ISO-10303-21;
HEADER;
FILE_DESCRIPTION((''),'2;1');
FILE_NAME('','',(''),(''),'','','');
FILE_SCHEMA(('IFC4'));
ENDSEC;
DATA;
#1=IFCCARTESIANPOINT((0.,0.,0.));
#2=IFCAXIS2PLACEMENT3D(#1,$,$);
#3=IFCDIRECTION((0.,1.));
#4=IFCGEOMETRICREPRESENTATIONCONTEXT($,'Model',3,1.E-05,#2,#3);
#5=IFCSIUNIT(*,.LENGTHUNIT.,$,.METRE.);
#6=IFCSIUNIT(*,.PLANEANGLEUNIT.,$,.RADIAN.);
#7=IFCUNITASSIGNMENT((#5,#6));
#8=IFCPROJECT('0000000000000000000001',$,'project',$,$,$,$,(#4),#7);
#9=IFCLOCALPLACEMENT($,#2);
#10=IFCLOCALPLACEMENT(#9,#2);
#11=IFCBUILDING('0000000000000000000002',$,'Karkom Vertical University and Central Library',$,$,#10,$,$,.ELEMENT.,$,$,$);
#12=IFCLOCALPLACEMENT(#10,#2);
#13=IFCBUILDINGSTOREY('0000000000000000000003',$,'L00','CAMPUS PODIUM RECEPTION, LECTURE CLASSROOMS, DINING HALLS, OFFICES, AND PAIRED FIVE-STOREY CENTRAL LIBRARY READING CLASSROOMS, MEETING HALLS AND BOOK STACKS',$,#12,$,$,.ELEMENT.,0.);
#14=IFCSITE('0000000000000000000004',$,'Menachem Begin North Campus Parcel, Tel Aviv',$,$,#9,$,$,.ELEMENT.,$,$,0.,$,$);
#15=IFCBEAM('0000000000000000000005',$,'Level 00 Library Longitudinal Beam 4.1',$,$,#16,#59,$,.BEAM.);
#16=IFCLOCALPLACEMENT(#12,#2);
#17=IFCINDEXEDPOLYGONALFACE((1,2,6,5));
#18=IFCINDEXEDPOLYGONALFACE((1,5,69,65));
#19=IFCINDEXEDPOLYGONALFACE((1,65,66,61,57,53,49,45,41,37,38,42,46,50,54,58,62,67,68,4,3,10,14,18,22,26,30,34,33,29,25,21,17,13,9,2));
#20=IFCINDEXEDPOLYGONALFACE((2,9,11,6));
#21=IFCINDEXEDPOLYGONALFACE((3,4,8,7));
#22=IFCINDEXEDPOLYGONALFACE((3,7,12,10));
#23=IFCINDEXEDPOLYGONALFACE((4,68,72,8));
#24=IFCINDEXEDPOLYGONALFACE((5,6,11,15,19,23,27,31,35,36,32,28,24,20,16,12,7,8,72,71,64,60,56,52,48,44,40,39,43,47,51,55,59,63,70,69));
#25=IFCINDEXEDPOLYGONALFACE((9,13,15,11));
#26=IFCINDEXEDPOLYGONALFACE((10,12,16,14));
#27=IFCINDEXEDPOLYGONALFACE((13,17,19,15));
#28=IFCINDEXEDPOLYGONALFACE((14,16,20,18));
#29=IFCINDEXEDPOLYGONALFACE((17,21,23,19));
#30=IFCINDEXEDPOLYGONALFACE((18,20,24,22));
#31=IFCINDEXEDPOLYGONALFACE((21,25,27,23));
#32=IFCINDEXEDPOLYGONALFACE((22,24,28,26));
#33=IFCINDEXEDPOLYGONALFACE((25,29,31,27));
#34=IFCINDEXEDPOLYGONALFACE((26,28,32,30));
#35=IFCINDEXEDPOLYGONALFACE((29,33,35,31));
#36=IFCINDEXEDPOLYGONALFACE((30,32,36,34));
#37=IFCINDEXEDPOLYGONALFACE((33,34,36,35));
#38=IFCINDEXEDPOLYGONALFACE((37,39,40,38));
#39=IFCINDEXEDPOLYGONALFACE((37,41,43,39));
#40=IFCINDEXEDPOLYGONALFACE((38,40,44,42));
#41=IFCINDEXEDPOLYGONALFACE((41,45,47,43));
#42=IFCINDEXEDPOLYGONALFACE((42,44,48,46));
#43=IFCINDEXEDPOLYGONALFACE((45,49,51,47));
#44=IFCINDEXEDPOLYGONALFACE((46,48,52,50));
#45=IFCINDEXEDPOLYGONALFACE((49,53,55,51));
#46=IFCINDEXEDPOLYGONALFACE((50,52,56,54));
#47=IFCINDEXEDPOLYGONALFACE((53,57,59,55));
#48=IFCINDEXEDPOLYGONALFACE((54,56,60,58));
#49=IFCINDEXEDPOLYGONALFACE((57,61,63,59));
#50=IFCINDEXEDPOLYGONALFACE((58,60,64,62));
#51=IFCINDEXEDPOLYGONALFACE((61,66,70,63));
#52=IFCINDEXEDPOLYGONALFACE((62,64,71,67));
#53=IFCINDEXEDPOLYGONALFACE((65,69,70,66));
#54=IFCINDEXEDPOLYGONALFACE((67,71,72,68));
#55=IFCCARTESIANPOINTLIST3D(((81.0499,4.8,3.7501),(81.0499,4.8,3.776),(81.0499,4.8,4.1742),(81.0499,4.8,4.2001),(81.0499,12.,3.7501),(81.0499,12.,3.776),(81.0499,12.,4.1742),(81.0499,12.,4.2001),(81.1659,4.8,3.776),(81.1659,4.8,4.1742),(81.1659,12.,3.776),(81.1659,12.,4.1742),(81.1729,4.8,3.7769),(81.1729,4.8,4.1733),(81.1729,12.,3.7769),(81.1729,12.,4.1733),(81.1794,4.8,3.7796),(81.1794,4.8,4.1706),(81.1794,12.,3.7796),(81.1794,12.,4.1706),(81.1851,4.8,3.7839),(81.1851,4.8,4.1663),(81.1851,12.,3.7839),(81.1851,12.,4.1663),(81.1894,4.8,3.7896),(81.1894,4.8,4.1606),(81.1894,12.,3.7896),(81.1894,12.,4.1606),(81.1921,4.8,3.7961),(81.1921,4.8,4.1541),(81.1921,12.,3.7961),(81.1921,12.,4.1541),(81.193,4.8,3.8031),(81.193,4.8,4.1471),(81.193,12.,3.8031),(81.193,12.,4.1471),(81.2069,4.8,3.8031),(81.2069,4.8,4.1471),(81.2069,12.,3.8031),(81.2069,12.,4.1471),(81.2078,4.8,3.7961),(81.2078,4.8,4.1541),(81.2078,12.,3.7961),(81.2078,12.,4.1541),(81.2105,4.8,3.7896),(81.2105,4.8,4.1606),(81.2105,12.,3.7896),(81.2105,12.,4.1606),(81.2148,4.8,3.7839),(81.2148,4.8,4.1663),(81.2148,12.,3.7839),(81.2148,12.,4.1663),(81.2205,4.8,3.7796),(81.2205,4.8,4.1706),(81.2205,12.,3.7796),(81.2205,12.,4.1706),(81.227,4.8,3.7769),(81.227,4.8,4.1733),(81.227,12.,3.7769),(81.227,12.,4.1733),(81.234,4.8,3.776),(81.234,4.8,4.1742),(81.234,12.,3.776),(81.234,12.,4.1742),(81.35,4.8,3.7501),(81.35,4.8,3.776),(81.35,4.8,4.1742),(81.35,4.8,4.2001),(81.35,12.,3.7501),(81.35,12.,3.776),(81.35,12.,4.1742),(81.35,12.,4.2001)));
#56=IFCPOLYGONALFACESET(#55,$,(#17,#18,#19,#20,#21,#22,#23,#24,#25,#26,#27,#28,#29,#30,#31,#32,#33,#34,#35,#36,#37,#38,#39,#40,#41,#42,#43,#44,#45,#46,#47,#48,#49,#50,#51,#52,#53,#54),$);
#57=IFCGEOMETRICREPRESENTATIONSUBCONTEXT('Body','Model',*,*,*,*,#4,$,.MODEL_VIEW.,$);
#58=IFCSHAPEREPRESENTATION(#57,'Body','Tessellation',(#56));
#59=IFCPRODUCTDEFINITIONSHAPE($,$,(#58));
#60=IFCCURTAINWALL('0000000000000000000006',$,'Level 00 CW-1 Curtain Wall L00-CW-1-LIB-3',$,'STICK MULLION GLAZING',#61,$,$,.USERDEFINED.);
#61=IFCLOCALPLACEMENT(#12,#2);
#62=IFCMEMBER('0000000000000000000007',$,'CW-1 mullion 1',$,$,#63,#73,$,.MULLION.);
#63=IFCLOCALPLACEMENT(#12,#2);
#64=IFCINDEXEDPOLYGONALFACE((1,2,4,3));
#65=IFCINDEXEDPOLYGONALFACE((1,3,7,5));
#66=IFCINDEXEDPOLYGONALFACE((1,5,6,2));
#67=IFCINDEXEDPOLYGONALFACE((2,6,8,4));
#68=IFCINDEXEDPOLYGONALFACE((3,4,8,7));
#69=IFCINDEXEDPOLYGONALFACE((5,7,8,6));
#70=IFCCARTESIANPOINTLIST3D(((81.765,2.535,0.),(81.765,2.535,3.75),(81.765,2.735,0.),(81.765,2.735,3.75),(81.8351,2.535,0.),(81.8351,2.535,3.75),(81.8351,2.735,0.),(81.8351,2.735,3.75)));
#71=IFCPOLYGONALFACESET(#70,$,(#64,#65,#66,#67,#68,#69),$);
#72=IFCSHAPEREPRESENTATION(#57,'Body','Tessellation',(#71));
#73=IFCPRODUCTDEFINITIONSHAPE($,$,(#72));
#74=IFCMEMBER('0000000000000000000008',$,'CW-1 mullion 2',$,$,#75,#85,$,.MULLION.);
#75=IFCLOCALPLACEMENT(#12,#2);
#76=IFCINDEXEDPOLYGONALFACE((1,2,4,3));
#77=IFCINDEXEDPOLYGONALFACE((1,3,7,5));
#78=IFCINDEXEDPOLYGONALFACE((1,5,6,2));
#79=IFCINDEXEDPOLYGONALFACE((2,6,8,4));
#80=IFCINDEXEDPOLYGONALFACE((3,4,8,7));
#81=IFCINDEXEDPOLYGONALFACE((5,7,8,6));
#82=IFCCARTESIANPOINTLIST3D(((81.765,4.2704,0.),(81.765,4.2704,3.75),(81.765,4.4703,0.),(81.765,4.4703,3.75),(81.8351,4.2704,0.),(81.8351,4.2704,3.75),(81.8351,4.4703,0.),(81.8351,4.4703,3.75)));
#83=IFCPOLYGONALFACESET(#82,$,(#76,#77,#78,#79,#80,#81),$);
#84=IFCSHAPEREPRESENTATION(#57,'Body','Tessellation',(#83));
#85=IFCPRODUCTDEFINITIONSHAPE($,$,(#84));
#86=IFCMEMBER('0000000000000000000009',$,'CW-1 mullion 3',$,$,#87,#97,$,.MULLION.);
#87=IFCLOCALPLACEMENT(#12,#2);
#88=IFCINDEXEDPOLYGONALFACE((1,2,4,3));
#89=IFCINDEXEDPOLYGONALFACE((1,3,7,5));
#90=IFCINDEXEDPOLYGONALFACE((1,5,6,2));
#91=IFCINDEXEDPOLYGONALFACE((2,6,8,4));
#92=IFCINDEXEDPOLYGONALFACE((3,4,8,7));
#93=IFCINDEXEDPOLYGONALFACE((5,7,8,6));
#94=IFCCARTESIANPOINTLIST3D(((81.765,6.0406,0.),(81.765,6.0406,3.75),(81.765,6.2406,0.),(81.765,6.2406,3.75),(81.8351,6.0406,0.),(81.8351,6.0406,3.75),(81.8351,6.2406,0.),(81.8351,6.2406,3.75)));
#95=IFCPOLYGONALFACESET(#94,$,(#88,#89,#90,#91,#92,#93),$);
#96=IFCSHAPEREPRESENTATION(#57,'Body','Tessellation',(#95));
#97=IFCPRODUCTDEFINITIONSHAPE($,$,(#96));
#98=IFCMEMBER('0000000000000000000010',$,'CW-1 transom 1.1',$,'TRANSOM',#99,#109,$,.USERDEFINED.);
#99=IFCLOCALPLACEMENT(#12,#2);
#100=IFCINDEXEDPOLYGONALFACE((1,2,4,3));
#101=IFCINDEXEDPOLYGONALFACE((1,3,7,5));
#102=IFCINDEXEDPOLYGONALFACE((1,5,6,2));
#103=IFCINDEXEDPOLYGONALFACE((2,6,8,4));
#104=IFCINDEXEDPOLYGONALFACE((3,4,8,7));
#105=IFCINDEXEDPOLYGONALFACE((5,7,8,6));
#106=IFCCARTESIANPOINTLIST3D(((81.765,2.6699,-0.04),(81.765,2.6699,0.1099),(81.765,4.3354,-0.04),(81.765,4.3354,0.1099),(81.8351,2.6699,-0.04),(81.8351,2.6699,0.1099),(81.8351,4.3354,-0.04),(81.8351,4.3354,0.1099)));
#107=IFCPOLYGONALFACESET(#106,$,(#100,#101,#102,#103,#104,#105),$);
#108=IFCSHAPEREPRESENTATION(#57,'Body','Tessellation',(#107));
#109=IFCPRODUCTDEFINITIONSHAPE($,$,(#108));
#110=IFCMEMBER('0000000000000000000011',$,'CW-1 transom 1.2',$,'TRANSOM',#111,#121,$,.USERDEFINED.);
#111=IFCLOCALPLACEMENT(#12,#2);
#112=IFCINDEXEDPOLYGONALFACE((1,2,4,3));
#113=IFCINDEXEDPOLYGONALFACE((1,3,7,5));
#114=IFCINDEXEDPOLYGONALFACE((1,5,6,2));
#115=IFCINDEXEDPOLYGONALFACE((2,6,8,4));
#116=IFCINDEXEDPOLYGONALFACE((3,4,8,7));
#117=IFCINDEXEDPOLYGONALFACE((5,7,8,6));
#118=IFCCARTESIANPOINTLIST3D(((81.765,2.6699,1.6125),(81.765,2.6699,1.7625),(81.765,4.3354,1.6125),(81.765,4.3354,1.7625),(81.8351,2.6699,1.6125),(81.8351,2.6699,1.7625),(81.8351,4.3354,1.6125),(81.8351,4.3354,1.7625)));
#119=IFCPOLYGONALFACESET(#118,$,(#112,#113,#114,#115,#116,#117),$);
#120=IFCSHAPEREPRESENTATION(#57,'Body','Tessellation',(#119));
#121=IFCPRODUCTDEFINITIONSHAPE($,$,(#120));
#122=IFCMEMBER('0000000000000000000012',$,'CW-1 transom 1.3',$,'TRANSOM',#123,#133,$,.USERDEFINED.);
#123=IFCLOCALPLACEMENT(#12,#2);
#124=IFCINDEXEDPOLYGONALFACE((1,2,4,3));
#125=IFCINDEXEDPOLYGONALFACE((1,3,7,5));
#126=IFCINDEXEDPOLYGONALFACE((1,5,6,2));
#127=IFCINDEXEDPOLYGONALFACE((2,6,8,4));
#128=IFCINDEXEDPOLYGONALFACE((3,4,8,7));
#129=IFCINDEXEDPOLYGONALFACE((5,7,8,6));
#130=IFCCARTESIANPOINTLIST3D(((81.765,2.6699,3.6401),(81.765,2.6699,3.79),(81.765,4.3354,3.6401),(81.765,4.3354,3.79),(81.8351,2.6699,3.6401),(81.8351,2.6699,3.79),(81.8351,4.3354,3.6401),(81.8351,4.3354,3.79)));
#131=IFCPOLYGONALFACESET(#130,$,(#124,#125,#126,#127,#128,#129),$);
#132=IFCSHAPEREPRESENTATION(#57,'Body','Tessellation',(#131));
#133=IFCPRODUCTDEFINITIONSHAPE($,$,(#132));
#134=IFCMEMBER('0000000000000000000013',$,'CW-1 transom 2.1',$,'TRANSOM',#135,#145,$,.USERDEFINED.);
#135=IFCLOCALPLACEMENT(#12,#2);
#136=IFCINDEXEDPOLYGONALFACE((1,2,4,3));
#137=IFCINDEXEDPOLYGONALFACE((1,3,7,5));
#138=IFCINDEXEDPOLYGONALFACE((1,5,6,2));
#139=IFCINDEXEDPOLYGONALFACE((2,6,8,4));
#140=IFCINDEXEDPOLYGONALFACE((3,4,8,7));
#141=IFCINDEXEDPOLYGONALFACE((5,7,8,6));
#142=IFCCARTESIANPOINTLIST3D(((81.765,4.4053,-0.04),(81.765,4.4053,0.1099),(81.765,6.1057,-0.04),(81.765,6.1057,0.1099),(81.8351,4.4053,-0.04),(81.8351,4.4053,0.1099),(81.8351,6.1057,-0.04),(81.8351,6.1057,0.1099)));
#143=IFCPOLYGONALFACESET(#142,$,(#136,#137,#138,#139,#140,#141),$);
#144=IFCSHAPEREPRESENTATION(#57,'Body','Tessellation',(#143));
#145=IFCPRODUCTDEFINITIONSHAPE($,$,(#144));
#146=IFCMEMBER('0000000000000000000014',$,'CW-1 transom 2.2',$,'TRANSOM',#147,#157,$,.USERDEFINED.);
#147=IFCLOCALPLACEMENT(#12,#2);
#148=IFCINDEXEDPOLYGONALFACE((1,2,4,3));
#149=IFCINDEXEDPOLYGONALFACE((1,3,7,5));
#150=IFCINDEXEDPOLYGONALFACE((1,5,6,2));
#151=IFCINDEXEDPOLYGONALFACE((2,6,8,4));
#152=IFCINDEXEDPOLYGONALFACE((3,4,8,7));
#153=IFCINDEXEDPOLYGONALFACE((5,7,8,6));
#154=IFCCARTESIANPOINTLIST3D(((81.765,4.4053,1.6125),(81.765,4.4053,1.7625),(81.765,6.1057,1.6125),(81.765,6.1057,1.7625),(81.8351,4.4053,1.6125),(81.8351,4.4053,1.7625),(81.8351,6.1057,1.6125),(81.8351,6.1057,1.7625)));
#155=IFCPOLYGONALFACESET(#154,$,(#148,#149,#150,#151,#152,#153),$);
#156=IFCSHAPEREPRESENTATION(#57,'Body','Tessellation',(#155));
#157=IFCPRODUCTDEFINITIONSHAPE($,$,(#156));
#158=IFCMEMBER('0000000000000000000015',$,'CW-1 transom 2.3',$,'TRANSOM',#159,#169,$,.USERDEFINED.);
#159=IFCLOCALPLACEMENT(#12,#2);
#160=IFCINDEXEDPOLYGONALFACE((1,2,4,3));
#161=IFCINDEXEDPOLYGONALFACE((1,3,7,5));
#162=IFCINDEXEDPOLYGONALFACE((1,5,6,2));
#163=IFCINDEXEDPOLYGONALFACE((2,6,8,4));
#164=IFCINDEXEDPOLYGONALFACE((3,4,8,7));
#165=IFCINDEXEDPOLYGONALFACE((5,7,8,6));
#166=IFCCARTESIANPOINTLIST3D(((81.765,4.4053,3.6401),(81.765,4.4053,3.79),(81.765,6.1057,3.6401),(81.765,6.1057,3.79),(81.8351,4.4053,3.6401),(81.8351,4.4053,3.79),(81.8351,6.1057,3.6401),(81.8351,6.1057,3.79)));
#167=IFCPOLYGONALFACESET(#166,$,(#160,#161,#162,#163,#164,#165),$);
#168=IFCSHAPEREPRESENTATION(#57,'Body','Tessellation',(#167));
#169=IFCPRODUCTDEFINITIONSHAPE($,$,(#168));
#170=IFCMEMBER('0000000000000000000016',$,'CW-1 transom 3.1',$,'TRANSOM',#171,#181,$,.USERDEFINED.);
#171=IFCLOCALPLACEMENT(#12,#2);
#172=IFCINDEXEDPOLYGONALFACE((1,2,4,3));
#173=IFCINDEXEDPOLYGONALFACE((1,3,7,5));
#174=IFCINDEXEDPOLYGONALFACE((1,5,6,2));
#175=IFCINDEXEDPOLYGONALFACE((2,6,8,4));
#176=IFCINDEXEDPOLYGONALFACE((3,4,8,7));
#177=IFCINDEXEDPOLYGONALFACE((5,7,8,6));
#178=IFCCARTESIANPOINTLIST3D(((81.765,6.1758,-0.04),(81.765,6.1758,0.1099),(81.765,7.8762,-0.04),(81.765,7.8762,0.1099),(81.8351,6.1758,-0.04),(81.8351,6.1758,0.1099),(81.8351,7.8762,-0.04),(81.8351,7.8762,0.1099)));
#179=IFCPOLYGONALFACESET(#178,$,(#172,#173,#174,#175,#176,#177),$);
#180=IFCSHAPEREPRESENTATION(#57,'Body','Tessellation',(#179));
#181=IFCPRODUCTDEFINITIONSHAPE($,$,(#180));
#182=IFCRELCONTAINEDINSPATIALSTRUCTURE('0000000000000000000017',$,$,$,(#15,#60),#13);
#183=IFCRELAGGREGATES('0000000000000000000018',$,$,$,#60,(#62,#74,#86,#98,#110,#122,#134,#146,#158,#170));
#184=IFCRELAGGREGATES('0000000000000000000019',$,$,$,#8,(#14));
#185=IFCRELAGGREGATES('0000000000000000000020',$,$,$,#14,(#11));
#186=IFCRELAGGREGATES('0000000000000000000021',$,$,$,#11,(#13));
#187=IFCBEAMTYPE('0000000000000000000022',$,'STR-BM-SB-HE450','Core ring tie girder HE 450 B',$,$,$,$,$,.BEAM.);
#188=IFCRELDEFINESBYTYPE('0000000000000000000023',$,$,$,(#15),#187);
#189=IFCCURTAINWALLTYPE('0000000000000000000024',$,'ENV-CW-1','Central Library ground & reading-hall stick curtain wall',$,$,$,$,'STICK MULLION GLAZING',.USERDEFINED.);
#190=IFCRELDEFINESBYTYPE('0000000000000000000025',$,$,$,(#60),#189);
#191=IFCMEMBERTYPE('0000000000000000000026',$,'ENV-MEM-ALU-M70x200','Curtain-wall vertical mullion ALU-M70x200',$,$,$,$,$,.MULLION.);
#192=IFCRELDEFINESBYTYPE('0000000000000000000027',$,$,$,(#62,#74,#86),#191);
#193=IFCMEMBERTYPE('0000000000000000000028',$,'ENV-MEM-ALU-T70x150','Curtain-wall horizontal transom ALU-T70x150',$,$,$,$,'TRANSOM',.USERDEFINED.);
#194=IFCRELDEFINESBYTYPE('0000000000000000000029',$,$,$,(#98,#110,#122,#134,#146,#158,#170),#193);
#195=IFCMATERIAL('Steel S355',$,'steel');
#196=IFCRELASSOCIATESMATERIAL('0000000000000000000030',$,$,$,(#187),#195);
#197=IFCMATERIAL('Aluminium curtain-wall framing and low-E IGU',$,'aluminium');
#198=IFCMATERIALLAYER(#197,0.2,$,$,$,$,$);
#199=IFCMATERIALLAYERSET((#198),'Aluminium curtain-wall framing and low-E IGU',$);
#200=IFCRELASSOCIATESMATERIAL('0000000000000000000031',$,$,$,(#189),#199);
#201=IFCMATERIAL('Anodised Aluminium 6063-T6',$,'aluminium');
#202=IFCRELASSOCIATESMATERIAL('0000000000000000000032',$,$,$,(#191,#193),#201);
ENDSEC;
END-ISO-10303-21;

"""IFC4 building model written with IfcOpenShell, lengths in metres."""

from ifc_helpers import new_model, si_unit, direction, frame, origin, origin_with_axes, origin_2d, place, context, subcontext, project, spatial, rectangle, i_section, extrude, source, transform, mapped, material, layer, layer_set, material_profile, profile_set, type_object, element, aggregate, save


model = new_model("IFC4")

# Units and contexts
model_context = context("Model", 3, precision=1e-05, world=origin(), true_north=direction((0.0, 1.0)))
body_context = subcontext(model_context, "Body", "Model", "MODEL_VIEW")
ifc_project = project(units=[si_unit("LENGTHUNIT", "METRE"), si_unit("PLANEANGLEUNIT", "RADIAN")], contexts=[model_context])

# Site, building, storey
site_placement = place(None, origin())
site = spatial("IfcSite", under=ifc_project, at=site_placement, Name="Menachem Begin North Campus Parcel, Tel Aviv", CompositionType="ELEMENT", RefElevation=0.0)
building_placement = place(site_placement, origin())
building = spatial("IfcBuilding", under=site, at=building_placement, Name="Karkom Vertical University and Central Library", CompositionType="ELEMENT")
storey_placement = place(building_placement, origin())
storey = spatial("IfcBuildingStorey", under=building, at=storey_placement, Name="L00", Description="CAMPUS PODIUM RECEPTION, LECTURE CLASSROOMS, DINING HALLS, OFFICES, AND PAIRED FIVE-STOREY CENTRAL LIBRARY READING CLASSROOMS, MEETING HALLS AND BOOK STACKS", CompositionType="ELEMENT", Elevation=0.0)

# Beam
ifc_material_1 = material(Name="Steel S355", Category="steel")
ifc_material_profile_1 = material_profile(ifc_material_1, i_section(OverallWidth=0.3, OverallDepth=0.45, WebThickness=0.0139, FlangeThickness=0.0259, FilletRadius=0.0271, at=origin_2d()), Name="HE 450 B")
ifc_profile_set_1 = profile_set([ifc_material_profile_1], Name="Steel S355")
beam_type_1 = type_object("IfcBeamType", Name="STR-BM-SB-HE450", Description="Core ring tie girder HE 450 B", PredefinedType="BEAM", material=ifc_profile_set_1)
shared_shape_1 = source(origin_with_axes(), body_context, "Body", "SweptSolid", [
    extrude(i_section(OverallWidth=0.3, OverallDepth=0.45, WebThickness=0.0139, FlangeThickness=0.0259, FilletRadius=0.0271, at=origin_2d()), origin(), (0.0, 0.0, 1.0), 7.2),
])
beam_1_placement = place(storey_placement, frame((81.2, 4.8, 3.9751), z_axis=(0.0, 1.0, 0.0), x_axis=(-1.0, 0.0, 0.0)))
element("IfcBeam", 1, at=beam_1_placement, inside=storey, type_object=beam_type_1, Name="Level 00 Library Longitudinal Beam 4.1", PredefinedType="BEAM", context=body_context, shape_type="MappedRepresentation", body=[
    mapped(shared_shape_1, transform((0.0, 0.0, 0.0), scale=1.0)),
])

# Curtain wall, members
ifc_material_2 = material(Name="Aluminium curtain-wall framing and low-E IGU", Category="aluminium")
ifc_layer_1 = layer(ifc_material_2, 0.2)
ifc_layer_set_1 = layer_set([ifc_layer_1], Name="Aluminium curtain-wall framing and low-E IGU")
curtain_wall_type = type_object("IfcCurtainWallType", Name="ENV-CW-1", Description="Central Library ground & reading-hall stick curtain wall", ElementType="STICK MULLION GLAZING", PredefinedType="USERDEFINED", material=ifc_layer_set_1)
curtain_wall_placement = place(storey_placement, origin())
curtain_wall = element("IfcCurtainWall", 2, at=curtain_wall_placement, inside=storey, type_object=curtain_wall_type, Name="Level 00 CW-1 Curtain Wall L00-CW-1-LIB-3", ObjectType="STICK MULLION GLAZING", PredefinedType="USERDEFINED")
ifc_material_3 = material(Name="Anodised Aluminium 6063-T6", Category="aluminium")
ifc_material_profile_2 = material_profile(ifc_material_3, rectangle(XDim=0.0701, YDim=0.2, at=origin_2d()), Name="ALU-M70x200")
ifc_profile_set_2 = profile_set([ifc_material_profile_2], Name="Anodised Aluminium 6063-T6")
member_type_1 = type_object("IfcMemberType", Name="ENV-MEM-ALU-M70x200", Description="Curtain-wall vertical mullion ALU-M70x200", PredefinedType="MULLION", material=ifc_profile_set_2)
shared_shape_2 = source(origin_with_axes(), body_context, "Body", "SweptSolid", [
    extrude(rectangle(XDim=0.0701, YDim=0.2, at=origin_2d()), origin(), (0.0, 0.0, 1.0), 3.75),
])
member_1_placement = place(storey_placement, frame((81.8, 2.635, 0.0), z_axis=(0.0, 0.0, 1.0), x_axis=(-1.0, 0.0, 0.0)))
member_1 = element("IfcMember", 3, at=member_1_placement, type_object=member_type_1, Name="CW-1 mullion 1", PredefinedType="MULLION", context=body_context, shape_type="MappedRepresentation", body=[
    mapped(shared_shape_2, transform((0.0, 0.0, 0.0), scale=1.0)),
])
member_2_placement = place(storey_placement, frame((81.8, 4.3704, 0.0), z_axis=(0.0, 0.0, 1.0), x_axis=(-1.0, 0.0, 0.0)))
member_2 = element("IfcMember", 4, at=member_2_placement, type_object=member_type_1, Name="CW-1 mullion 2", PredefinedType="MULLION", context=body_context, shape_type="MappedRepresentation", body=[
    mapped(shared_shape_2, transform((0.0, 0.0, 0.0), scale=1.0)),
])
member_3_placement = place(storey_placement, frame((81.8, 6.1406, 0.0), z_axis=(0.0, 0.0, 1.0), x_axis=(-1.0, 0.0, 0.0)))
member_3 = element("IfcMember", 5, at=member_3_placement, type_object=member_type_1, Name="CW-1 mullion 3", PredefinedType="MULLION", context=body_context, shape_type="MappedRepresentation", body=[
    mapped(shared_shape_2, transform((0.0, 0.0, 0.0), scale=1.0)),
])
ifc_material_profile_3 = material_profile(ifc_material_3, rectangle(XDim=0.0701, YDim=0.1499, at=origin_2d()), Name="ALU-T70x150")
ifc_profile_set_3 = profile_set([ifc_material_profile_3], Name="Anodised Aluminium 6063-T6")
member_type_2 = type_object("IfcMemberType", Name="ENV-MEM-ALU-T70x150", Description="Curtain-wall horizontal transom ALU-T70x150", ElementType="TRANSOM", PredefinedType="USERDEFINED", material=ifc_profile_set_3)
shared_shape_3 = source(origin_with_axes(), body_context, "Body", "SweptSolid", [
    extrude(rectangle(XDim=0.0701, YDim=0.1499, at=origin_2d()), origin(), (0.0, 0.0, 1.0), 1.6655),
])
member_4_placement = place(storey_placement, frame((81.8, 2.6699, 0.0349), z_axis=(0.0, 1.0, 0.0), x_axis=(-1.0, 0.0, 0.0)))
member_4 = element("IfcMember", 6, at=member_4_placement, type_object=member_type_2, Name="CW-1 transom 1.1", ObjectType="TRANSOM", PredefinedType="USERDEFINED", context=body_context, shape_type="MappedRepresentation", body=[
    mapped(shared_shape_3, transform((0.0, 0.0, 0.0), scale=1.0)),
])
member_5_placement = place(storey_placement, frame((81.8, 2.6699, 1.6875), z_axis=(0.0, 1.0, 0.0), x_axis=(-1.0, 0.0, 0.0)))
member_5 = element("IfcMember", 7, at=member_5_placement, type_object=member_type_2, Name="CW-1 transom 1.2", ObjectType="TRANSOM", PredefinedType="USERDEFINED", context=body_context, shape_type="MappedRepresentation", body=[
    mapped(shared_shape_3, transform((0.0, 0.0, 0.0), scale=1.0)),
])
member_6_placement = place(storey_placement, frame((81.8, 2.6699, 3.7151), z_axis=(0.0, 1.0, 0.0), x_axis=(-1.0, 0.0, 0.0)))
member_6 = element("IfcMember", 8, at=member_6_placement, type_object=member_type_2, Name="CW-1 transom 1.3", ObjectType="TRANSOM", PredefinedType="USERDEFINED", context=body_context, shape_type="MappedRepresentation", body=[
    mapped(shared_shape_3, transform((0.0, 0.0, 0.0), scale=1.0)),
])
shared_shape_4 = source(origin_with_axes(), body_context, "Body", "SweptSolid", [
    extrude(rectangle(XDim=0.0701, YDim=0.1499, at=origin_2d()), origin(), (0.0, 0.0, 1.0), 1.7004),
])
member_7_placement = place(storey_placement, frame((81.8, 4.4053, 0.0349), z_axis=(0.0, 1.0, 0.0), x_axis=(-1.0, 0.0, 0.0)))
member_7 = element("IfcMember", 9, at=member_7_placement, type_object=member_type_2, Name="CW-1 transom 2.1", ObjectType="TRANSOM", PredefinedType="USERDEFINED", context=body_context, shape_type="MappedRepresentation", body=[
    mapped(shared_shape_4, transform((0.0, 0.0, 0.0), scale=1.0)),
])
member_8_placement = place(storey_placement, frame((81.8, 4.4053, 1.6875), z_axis=(0.0, 1.0, 0.0), x_axis=(-1.0, 0.0, 0.0)))
member_8 = element("IfcMember", 10, at=member_8_placement, type_object=member_type_2, Name="CW-1 transom 2.2", ObjectType="TRANSOM", PredefinedType="USERDEFINED", context=body_context, shape_type="MappedRepresentation", body=[
    mapped(shared_shape_4, transform((0.0, 0.0, 0.0), scale=1.0)),
])
member_9_placement = place(storey_placement, frame((81.8, 4.4053, 3.7151), z_axis=(0.0, 1.0, 0.0), x_axis=(-1.0, 0.0, 0.0)))
member_9 = element("IfcMember", 11, at=member_9_placement, type_object=member_type_2, Name="CW-1 transom 2.3", ObjectType="TRANSOM", PredefinedType="USERDEFINED", context=body_context, shape_type="MappedRepresentation", body=[
    mapped(shared_shape_4, transform((0.0, 0.0, 0.0), scale=1.0)),
])
member_10_placement = place(storey_placement, frame((81.8, 6.1758, 0.0349), z_axis=(0.0, 1.0, 0.0), x_axis=(-1.0, 0.0, 0.0)))
member_10 = element("IfcMember", 12, at=member_10_placement, type_object=member_type_2, Name="CW-1 transom 3.1", ObjectType="TRANSOM", PredefinedType="USERDEFINED", context=body_context, shape_type="MappedRepresentation", body=[
    mapped(shared_shape_4, transform((0.0, 0.0, 0.0), scale=1.0)),
])
aggregate(curtain_wall, [member_1, member_2, member_3, member_4, member_5, member_6, member_7, member_8, member_9, member_10])

save(model, "model.ifc")
